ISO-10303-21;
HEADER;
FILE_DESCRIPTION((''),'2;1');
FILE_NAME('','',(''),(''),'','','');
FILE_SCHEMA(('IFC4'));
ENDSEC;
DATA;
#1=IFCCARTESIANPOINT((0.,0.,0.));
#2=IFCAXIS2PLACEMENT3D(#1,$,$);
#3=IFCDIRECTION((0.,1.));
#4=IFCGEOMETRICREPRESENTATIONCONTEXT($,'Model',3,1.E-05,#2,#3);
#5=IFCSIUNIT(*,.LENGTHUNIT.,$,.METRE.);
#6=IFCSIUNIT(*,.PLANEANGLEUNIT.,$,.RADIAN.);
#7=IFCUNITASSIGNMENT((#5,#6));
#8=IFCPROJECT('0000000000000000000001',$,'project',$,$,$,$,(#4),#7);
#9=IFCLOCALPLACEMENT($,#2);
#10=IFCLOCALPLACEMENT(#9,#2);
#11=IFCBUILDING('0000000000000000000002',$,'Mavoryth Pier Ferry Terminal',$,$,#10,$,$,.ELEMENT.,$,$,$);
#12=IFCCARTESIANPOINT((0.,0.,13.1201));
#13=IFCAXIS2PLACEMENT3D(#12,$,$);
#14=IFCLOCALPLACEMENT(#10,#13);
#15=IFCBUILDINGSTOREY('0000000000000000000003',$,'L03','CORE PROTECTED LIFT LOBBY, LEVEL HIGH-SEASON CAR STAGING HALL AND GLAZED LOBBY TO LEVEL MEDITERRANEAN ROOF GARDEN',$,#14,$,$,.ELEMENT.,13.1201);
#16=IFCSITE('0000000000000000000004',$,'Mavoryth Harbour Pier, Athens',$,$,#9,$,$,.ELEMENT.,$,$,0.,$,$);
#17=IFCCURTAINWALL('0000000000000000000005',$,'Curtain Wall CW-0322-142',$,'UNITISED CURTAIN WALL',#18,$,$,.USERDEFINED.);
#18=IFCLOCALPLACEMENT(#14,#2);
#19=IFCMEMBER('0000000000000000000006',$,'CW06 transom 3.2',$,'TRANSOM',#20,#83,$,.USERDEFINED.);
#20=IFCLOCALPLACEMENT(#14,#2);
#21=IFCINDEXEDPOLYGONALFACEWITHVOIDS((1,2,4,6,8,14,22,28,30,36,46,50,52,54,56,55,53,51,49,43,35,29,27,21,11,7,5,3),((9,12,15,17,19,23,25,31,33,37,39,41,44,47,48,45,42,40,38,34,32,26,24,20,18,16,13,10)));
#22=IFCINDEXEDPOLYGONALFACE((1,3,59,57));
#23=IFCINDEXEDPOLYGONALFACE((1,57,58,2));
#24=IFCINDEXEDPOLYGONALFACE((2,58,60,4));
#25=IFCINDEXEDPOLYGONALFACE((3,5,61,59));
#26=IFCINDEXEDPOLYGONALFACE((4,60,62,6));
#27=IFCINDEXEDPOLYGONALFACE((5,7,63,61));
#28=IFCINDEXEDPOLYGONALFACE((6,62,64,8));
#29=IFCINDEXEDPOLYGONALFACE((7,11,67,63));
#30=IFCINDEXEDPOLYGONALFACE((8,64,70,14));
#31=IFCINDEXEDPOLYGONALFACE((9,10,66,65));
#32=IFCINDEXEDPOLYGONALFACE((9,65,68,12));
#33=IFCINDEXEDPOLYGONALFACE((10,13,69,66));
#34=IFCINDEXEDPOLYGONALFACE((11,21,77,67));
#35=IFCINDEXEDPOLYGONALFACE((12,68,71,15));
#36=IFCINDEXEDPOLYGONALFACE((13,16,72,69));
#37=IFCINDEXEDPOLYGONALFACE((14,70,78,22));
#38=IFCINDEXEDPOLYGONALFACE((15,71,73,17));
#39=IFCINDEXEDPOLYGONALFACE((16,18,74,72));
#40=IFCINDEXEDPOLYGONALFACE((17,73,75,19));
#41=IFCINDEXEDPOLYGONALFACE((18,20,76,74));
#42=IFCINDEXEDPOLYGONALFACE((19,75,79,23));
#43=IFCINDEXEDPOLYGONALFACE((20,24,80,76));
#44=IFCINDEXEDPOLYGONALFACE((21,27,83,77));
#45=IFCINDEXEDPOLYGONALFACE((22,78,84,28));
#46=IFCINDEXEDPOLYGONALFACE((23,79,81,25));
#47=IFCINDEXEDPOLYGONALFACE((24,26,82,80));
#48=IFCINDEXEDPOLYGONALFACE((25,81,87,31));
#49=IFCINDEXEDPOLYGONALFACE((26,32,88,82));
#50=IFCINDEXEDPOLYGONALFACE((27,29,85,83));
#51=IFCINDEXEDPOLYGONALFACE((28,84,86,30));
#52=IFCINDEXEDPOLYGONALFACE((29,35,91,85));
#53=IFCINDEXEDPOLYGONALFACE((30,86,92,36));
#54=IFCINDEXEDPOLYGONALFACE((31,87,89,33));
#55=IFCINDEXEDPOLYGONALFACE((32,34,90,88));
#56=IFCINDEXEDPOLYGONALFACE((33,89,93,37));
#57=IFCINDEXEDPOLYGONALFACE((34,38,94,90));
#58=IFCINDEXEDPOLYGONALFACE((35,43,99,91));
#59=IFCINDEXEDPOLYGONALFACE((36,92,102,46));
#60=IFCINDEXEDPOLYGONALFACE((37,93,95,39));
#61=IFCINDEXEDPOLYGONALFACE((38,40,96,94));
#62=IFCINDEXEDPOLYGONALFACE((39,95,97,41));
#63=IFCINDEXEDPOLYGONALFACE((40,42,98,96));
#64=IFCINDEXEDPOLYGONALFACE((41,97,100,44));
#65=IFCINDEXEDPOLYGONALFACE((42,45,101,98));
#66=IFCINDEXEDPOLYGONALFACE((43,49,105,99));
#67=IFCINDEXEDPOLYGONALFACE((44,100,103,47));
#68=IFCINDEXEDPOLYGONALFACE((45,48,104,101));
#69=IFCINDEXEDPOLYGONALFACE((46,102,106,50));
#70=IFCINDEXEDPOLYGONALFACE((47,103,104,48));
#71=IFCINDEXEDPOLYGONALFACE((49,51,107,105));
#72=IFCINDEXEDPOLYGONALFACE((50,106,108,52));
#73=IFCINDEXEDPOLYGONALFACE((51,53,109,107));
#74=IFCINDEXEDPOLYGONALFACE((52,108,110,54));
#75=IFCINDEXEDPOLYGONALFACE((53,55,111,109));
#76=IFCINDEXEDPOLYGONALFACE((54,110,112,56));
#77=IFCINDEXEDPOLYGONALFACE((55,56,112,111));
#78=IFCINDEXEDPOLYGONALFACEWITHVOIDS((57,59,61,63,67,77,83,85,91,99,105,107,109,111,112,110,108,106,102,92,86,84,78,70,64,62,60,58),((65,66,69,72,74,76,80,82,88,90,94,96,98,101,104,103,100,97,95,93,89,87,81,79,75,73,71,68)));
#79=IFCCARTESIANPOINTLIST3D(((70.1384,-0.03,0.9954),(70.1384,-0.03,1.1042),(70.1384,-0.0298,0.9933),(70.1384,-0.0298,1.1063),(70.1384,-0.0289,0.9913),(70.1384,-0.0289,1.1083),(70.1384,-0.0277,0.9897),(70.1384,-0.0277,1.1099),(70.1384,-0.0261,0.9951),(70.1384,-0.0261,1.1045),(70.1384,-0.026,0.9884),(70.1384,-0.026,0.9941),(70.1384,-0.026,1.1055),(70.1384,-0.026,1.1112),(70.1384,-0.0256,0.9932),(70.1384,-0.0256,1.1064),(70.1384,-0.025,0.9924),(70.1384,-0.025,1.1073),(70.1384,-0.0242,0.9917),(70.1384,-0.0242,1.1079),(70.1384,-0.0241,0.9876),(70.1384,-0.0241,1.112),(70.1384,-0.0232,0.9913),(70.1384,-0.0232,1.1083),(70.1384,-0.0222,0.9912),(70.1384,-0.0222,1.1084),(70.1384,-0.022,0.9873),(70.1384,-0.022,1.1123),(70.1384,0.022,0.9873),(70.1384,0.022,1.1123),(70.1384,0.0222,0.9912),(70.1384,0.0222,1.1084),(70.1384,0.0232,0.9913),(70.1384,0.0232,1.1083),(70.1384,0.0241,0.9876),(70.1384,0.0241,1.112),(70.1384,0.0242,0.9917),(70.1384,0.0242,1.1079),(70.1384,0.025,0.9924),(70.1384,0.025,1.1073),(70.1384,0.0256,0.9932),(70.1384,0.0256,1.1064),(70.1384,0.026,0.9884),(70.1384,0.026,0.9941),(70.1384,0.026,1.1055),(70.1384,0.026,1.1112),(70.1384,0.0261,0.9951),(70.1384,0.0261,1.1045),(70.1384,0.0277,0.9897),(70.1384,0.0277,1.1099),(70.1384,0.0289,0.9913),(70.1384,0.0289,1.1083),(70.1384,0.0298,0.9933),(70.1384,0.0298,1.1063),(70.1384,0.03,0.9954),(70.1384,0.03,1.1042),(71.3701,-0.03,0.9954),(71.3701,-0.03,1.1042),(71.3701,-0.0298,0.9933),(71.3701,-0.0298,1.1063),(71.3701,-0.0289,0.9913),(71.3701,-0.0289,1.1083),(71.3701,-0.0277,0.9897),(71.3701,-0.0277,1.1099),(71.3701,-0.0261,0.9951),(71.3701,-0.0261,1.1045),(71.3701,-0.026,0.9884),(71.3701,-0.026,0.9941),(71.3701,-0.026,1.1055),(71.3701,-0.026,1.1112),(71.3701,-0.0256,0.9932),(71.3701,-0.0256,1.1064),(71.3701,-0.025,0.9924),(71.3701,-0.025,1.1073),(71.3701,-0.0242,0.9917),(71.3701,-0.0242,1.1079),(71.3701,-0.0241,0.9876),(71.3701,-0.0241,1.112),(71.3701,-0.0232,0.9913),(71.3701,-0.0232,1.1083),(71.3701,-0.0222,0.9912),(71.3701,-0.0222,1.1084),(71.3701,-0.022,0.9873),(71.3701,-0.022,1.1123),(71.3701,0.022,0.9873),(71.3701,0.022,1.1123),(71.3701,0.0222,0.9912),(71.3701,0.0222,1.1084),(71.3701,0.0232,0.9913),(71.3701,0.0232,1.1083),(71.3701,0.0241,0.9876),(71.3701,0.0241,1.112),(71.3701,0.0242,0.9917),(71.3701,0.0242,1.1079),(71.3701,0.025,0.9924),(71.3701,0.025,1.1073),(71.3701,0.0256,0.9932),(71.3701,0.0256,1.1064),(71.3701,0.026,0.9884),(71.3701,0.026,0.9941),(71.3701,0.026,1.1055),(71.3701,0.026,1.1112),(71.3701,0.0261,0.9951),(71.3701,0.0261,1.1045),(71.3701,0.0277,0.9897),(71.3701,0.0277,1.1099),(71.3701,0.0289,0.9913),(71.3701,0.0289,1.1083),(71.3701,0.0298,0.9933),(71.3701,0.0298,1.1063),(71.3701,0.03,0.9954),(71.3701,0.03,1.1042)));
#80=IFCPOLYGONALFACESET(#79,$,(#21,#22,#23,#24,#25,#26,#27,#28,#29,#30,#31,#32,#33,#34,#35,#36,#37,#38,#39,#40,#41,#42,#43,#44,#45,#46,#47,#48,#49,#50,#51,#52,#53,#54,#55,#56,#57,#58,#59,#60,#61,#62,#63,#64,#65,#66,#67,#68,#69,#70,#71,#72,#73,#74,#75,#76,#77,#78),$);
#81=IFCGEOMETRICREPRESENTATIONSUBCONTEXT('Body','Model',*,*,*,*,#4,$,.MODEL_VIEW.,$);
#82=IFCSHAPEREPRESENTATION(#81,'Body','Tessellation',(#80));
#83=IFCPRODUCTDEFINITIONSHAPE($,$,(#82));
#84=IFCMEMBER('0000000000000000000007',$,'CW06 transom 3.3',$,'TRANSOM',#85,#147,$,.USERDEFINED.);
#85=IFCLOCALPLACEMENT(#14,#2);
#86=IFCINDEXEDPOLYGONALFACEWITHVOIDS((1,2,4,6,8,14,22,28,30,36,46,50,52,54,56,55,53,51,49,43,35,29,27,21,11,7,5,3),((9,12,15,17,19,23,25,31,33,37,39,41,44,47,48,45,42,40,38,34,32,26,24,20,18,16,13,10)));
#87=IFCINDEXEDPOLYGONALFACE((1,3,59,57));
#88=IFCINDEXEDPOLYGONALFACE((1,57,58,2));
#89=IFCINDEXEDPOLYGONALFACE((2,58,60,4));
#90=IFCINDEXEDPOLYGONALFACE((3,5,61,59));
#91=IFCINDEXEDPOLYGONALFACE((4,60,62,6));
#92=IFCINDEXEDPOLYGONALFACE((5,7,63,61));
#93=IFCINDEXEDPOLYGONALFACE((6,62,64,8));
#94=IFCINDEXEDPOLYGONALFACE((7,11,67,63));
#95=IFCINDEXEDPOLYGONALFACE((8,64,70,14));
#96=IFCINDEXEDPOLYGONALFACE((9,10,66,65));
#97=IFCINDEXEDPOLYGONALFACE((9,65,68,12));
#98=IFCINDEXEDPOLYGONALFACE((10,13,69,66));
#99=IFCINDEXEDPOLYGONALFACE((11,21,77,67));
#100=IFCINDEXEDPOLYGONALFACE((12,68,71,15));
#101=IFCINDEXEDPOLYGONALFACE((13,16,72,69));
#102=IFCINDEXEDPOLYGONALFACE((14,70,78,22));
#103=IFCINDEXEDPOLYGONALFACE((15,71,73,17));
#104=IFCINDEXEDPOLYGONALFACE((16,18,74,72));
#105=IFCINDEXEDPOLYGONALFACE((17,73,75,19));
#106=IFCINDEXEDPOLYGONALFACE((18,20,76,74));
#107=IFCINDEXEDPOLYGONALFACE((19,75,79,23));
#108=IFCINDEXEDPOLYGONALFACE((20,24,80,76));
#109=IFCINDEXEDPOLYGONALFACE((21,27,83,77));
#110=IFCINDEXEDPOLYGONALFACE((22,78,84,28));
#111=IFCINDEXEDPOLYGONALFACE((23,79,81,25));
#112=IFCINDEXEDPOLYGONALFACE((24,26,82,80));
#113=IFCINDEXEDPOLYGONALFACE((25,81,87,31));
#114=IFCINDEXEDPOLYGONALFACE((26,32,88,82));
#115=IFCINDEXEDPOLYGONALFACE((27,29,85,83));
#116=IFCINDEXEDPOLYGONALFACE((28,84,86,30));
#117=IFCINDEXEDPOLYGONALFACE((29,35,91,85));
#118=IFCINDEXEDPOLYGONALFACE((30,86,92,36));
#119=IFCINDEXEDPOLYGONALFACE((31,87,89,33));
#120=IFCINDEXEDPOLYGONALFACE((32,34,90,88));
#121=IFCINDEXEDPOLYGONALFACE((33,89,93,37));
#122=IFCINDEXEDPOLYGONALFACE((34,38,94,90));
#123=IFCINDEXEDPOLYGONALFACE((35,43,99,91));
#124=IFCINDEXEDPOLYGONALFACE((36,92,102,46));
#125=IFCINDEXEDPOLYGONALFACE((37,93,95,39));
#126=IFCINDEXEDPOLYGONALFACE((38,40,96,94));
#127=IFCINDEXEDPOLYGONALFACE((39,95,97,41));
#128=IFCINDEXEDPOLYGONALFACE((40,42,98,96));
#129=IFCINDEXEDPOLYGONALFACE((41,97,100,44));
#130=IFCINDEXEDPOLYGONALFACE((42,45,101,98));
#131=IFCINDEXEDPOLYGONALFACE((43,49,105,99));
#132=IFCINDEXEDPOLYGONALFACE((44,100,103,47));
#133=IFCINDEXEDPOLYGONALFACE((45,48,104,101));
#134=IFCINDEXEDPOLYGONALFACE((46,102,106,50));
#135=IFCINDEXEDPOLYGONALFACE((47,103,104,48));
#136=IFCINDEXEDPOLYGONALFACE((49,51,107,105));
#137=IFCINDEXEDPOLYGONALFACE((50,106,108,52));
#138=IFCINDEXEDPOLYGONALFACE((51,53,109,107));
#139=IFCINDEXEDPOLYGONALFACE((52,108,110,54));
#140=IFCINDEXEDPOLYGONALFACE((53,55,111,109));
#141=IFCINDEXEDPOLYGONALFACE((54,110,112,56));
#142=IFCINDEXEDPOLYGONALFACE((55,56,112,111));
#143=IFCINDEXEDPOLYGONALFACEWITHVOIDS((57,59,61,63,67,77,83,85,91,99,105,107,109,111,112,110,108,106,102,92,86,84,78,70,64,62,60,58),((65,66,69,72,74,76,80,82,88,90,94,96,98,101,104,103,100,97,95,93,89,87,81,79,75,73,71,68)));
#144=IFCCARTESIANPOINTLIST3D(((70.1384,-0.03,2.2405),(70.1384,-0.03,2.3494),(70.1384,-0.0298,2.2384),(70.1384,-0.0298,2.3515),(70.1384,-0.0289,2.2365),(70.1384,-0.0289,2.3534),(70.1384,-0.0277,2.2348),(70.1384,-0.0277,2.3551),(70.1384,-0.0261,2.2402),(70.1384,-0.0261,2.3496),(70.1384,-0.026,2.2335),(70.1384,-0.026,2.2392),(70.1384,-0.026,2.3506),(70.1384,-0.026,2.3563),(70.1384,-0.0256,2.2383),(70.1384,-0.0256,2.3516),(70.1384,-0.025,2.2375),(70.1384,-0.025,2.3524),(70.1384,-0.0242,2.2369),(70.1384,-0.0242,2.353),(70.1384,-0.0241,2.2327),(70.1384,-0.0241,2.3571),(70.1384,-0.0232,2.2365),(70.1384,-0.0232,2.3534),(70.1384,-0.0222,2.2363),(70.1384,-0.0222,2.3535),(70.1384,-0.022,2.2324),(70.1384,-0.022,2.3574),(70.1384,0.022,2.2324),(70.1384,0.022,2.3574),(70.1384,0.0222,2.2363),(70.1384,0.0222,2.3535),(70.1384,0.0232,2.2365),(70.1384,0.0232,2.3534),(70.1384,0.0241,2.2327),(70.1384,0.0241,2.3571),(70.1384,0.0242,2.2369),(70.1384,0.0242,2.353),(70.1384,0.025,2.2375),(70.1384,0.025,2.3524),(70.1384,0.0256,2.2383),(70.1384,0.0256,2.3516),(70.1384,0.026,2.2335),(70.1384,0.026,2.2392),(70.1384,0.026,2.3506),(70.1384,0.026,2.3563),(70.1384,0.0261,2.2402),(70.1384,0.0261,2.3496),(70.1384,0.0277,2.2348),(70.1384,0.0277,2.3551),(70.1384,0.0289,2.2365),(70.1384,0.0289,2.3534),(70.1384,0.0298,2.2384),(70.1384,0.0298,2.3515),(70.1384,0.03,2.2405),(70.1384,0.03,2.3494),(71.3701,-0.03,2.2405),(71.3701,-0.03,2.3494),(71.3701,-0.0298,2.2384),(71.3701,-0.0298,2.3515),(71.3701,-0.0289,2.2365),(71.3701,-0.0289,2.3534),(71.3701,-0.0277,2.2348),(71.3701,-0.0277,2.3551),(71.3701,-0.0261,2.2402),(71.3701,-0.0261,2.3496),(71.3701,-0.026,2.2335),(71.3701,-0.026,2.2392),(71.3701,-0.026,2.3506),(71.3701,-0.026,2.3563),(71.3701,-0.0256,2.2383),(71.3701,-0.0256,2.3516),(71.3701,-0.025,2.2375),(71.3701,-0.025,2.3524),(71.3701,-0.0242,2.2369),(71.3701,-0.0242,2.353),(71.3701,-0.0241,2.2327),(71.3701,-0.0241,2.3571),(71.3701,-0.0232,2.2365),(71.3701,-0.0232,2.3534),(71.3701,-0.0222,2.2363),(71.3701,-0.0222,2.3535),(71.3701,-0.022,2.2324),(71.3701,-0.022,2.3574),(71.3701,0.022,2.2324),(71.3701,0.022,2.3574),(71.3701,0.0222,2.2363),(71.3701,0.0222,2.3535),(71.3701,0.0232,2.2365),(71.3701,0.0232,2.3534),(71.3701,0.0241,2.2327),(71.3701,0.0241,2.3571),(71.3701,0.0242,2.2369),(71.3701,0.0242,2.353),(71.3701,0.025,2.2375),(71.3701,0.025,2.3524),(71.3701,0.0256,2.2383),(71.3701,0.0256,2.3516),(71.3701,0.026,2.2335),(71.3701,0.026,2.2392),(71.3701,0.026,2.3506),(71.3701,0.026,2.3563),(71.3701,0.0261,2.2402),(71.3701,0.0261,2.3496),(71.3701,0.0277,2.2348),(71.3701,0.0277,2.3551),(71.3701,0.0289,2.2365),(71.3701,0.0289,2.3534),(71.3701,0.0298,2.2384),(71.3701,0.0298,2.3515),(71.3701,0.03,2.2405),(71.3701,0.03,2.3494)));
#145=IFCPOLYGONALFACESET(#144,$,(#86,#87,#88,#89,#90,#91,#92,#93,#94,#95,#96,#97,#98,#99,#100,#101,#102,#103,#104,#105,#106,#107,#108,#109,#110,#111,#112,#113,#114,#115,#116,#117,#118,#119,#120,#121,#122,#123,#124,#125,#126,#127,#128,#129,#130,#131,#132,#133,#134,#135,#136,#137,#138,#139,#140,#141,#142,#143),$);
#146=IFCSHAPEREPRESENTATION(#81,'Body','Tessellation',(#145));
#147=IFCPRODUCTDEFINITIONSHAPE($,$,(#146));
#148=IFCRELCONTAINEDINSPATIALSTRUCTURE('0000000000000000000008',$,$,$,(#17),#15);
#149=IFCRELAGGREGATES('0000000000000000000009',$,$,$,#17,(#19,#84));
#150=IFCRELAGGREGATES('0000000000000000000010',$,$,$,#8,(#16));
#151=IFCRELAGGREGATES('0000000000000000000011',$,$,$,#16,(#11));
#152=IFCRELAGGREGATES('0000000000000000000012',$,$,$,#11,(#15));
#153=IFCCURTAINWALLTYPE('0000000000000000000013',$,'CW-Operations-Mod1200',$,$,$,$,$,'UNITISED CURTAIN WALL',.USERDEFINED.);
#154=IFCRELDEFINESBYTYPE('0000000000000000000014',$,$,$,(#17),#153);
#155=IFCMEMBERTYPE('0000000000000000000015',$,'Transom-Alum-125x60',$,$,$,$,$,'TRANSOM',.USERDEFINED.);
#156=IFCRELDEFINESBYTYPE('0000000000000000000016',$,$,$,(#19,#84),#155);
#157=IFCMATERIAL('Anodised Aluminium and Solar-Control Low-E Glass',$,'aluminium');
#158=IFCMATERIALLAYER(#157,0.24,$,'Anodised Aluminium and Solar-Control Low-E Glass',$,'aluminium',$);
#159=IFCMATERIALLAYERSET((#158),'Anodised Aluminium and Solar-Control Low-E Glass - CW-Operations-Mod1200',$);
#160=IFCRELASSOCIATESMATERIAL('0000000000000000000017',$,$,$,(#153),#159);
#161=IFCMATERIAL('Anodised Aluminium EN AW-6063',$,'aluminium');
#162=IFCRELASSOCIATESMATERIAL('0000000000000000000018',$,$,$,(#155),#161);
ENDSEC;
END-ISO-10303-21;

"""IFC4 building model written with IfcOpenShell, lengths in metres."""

from ifc_helpers import new_model, si_unit, direction, frame, origin, origin_2d, place, context, subcontext, project, spatial, hollow_rectangle, extrude, material, layer, layer_set, material_profile, profile_set, type_object, element, aggregate, save


model = new_model("IFC4")

# Units and contexts
model_context = context("Model", 3, precision=1e-05, world=origin(), true_north=direction((0.0, 1.0)))
body_context = subcontext(model_context, "Body", "Model", "MODEL_VIEW")
ifc_project = project(units=[si_unit("LENGTHUNIT", "METRE"), si_unit("PLANEANGLEUNIT", "RADIAN")], contexts=[model_context])

# Site, building, storey
site_placement = place(None, origin())
site = spatial("IfcSite", under=ifc_project, at=site_placement, Name="Mavoryth Harbour Pier, Athens", CompositionType="ELEMENT", RefElevation=0.0)
building_placement = place(site_placement, origin())
building = spatial("IfcBuilding", under=site, at=building_placement, Name="Mavoryth Pier Ferry Terminal", CompositionType="ELEMENT")
storey_placement = place(building_placement, frame((0.0, 0.0, 13.1201)))
storey = spatial("IfcBuildingStorey", under=building, at=storey_placement, Name="L03", Description="CORE PROTECTED LIFT LOBBY, LEVEL HIGH-SEASON CAR STAGING HALL AND GLAZED LOBBY TO LEVEL MEDITERRANEAN ROOF GARDEN", CompositionType="ELEMENT", Elevation=13.1201)

# Curtain wall, members
ifc_material_1 = material(Name="Anodised Aluminium and Solar-Control Low-E Glass", Category="aluminium")
ifc_layer_1 = layer(ifc_material_1, 0.24, Name="Anodised Aluminium and Solar-Control Low-E Glass", Category="aluminium")
ifc_layer_set_1 = layer_set([ifc_layer_1], Name="Anodised Aluminium and Solar-Control Low-E Glass - CW-Operations-Mod1200")
curtain_wall_type = type_object("IfcCurtainWallType", Name="CW-Operations-Mod1200", ElementType="UNITISED CURTAIN WALL", PredefinedType="USERDEFINED", material=ifc_layer_set_1)
curtain_wall_placement = place(storey_placement, origin())
curtain_wall = element("IfcCurtainWall", 1, at=curtain_wall_placement, inside=storey, type_object=curtain_wall_type, Name="Curtain Wall CW-0322-142", ObjectType="UNITISED CURTAIN WALL", PredefinedType="USERDEFINED")
ifc_material_2 = material(Name="Anodised Aluminium EN AW-6063", Category="aluminium")
ifc_material_profile_1 = material_profile(ifc_material_2, hollow_rectangle(XDim=0.0601, YDim=0.125, WallThickness=0.0039, InnerFilletRadius=0.0039, OuterFilletRadius=0.0081, at=origin_2d()), Name="AL-TRAN 125x60x4", Category="aluminium")
ifc_profile_set_1 = profile_set([ifc_material_profile_1], Name="Anodised Aluminium EN AW-6063 - AL-TRAN 125x60x4")
member_type_1 = type_object("IfcMemberType", Name="Transom-Alum-125x60", ElementType="TRANSOM", PredefinedType="USERDEFINED", material=ifc_profile_set_1)
member_1_placement = place(storey_placement, frame((70.1384, 0.0, 1.0498), z_axis=(1.0, 0.0, 0.0), x_axis=(0.0, 1.0, 0.0)))
member_1 = element("IfcMember", 2, at=member_1_placement, type_object=member_type_1, Name="CW06 transom 3.2", ObjectType="TRANSOM", PredefinedType="USERDEFINED", context=body_context, shape_type="SweptSolid", body=[
    extrude(hollow_rectangle(XDim=0.0601, YDim=0.125, WallThickness=0.0039, InnerFilletRadius=0.0039, OuterFilletRadius=0.0081, at=origin_2d()), origin(), (0.0, 0.0, 1.0), 1.2317),
])
member_2_placement = place(storey_placement, frame((70.1384, 0.0, 2.2949), z_axis=(1.0, 0.0, 0.0), x_axis=(0.0, 1.0, 0.0)))
member_2 = element("IfcMember", 3, at=member_2_placement, type_object=member_type_1, Name="CW06 transom 3.3", ObjectType="TRANSOM", PredefinedType="USERDEFINED", context=body_context, shape_type="SweptSolid", body=[
    extrude(hollow_rectangle(XDim=0.0601, YDim=0.125, WallThickness=0.0039, InnerFilletRadius=0.0039, OuterFilletRadius=0.0081, at=origin_2d()), origin(), (0.0, 0.0, 1.0), 1.2317),
])
aggregate(curtain_wall, [member_1, member_2])

save(model, "model.ifc")
